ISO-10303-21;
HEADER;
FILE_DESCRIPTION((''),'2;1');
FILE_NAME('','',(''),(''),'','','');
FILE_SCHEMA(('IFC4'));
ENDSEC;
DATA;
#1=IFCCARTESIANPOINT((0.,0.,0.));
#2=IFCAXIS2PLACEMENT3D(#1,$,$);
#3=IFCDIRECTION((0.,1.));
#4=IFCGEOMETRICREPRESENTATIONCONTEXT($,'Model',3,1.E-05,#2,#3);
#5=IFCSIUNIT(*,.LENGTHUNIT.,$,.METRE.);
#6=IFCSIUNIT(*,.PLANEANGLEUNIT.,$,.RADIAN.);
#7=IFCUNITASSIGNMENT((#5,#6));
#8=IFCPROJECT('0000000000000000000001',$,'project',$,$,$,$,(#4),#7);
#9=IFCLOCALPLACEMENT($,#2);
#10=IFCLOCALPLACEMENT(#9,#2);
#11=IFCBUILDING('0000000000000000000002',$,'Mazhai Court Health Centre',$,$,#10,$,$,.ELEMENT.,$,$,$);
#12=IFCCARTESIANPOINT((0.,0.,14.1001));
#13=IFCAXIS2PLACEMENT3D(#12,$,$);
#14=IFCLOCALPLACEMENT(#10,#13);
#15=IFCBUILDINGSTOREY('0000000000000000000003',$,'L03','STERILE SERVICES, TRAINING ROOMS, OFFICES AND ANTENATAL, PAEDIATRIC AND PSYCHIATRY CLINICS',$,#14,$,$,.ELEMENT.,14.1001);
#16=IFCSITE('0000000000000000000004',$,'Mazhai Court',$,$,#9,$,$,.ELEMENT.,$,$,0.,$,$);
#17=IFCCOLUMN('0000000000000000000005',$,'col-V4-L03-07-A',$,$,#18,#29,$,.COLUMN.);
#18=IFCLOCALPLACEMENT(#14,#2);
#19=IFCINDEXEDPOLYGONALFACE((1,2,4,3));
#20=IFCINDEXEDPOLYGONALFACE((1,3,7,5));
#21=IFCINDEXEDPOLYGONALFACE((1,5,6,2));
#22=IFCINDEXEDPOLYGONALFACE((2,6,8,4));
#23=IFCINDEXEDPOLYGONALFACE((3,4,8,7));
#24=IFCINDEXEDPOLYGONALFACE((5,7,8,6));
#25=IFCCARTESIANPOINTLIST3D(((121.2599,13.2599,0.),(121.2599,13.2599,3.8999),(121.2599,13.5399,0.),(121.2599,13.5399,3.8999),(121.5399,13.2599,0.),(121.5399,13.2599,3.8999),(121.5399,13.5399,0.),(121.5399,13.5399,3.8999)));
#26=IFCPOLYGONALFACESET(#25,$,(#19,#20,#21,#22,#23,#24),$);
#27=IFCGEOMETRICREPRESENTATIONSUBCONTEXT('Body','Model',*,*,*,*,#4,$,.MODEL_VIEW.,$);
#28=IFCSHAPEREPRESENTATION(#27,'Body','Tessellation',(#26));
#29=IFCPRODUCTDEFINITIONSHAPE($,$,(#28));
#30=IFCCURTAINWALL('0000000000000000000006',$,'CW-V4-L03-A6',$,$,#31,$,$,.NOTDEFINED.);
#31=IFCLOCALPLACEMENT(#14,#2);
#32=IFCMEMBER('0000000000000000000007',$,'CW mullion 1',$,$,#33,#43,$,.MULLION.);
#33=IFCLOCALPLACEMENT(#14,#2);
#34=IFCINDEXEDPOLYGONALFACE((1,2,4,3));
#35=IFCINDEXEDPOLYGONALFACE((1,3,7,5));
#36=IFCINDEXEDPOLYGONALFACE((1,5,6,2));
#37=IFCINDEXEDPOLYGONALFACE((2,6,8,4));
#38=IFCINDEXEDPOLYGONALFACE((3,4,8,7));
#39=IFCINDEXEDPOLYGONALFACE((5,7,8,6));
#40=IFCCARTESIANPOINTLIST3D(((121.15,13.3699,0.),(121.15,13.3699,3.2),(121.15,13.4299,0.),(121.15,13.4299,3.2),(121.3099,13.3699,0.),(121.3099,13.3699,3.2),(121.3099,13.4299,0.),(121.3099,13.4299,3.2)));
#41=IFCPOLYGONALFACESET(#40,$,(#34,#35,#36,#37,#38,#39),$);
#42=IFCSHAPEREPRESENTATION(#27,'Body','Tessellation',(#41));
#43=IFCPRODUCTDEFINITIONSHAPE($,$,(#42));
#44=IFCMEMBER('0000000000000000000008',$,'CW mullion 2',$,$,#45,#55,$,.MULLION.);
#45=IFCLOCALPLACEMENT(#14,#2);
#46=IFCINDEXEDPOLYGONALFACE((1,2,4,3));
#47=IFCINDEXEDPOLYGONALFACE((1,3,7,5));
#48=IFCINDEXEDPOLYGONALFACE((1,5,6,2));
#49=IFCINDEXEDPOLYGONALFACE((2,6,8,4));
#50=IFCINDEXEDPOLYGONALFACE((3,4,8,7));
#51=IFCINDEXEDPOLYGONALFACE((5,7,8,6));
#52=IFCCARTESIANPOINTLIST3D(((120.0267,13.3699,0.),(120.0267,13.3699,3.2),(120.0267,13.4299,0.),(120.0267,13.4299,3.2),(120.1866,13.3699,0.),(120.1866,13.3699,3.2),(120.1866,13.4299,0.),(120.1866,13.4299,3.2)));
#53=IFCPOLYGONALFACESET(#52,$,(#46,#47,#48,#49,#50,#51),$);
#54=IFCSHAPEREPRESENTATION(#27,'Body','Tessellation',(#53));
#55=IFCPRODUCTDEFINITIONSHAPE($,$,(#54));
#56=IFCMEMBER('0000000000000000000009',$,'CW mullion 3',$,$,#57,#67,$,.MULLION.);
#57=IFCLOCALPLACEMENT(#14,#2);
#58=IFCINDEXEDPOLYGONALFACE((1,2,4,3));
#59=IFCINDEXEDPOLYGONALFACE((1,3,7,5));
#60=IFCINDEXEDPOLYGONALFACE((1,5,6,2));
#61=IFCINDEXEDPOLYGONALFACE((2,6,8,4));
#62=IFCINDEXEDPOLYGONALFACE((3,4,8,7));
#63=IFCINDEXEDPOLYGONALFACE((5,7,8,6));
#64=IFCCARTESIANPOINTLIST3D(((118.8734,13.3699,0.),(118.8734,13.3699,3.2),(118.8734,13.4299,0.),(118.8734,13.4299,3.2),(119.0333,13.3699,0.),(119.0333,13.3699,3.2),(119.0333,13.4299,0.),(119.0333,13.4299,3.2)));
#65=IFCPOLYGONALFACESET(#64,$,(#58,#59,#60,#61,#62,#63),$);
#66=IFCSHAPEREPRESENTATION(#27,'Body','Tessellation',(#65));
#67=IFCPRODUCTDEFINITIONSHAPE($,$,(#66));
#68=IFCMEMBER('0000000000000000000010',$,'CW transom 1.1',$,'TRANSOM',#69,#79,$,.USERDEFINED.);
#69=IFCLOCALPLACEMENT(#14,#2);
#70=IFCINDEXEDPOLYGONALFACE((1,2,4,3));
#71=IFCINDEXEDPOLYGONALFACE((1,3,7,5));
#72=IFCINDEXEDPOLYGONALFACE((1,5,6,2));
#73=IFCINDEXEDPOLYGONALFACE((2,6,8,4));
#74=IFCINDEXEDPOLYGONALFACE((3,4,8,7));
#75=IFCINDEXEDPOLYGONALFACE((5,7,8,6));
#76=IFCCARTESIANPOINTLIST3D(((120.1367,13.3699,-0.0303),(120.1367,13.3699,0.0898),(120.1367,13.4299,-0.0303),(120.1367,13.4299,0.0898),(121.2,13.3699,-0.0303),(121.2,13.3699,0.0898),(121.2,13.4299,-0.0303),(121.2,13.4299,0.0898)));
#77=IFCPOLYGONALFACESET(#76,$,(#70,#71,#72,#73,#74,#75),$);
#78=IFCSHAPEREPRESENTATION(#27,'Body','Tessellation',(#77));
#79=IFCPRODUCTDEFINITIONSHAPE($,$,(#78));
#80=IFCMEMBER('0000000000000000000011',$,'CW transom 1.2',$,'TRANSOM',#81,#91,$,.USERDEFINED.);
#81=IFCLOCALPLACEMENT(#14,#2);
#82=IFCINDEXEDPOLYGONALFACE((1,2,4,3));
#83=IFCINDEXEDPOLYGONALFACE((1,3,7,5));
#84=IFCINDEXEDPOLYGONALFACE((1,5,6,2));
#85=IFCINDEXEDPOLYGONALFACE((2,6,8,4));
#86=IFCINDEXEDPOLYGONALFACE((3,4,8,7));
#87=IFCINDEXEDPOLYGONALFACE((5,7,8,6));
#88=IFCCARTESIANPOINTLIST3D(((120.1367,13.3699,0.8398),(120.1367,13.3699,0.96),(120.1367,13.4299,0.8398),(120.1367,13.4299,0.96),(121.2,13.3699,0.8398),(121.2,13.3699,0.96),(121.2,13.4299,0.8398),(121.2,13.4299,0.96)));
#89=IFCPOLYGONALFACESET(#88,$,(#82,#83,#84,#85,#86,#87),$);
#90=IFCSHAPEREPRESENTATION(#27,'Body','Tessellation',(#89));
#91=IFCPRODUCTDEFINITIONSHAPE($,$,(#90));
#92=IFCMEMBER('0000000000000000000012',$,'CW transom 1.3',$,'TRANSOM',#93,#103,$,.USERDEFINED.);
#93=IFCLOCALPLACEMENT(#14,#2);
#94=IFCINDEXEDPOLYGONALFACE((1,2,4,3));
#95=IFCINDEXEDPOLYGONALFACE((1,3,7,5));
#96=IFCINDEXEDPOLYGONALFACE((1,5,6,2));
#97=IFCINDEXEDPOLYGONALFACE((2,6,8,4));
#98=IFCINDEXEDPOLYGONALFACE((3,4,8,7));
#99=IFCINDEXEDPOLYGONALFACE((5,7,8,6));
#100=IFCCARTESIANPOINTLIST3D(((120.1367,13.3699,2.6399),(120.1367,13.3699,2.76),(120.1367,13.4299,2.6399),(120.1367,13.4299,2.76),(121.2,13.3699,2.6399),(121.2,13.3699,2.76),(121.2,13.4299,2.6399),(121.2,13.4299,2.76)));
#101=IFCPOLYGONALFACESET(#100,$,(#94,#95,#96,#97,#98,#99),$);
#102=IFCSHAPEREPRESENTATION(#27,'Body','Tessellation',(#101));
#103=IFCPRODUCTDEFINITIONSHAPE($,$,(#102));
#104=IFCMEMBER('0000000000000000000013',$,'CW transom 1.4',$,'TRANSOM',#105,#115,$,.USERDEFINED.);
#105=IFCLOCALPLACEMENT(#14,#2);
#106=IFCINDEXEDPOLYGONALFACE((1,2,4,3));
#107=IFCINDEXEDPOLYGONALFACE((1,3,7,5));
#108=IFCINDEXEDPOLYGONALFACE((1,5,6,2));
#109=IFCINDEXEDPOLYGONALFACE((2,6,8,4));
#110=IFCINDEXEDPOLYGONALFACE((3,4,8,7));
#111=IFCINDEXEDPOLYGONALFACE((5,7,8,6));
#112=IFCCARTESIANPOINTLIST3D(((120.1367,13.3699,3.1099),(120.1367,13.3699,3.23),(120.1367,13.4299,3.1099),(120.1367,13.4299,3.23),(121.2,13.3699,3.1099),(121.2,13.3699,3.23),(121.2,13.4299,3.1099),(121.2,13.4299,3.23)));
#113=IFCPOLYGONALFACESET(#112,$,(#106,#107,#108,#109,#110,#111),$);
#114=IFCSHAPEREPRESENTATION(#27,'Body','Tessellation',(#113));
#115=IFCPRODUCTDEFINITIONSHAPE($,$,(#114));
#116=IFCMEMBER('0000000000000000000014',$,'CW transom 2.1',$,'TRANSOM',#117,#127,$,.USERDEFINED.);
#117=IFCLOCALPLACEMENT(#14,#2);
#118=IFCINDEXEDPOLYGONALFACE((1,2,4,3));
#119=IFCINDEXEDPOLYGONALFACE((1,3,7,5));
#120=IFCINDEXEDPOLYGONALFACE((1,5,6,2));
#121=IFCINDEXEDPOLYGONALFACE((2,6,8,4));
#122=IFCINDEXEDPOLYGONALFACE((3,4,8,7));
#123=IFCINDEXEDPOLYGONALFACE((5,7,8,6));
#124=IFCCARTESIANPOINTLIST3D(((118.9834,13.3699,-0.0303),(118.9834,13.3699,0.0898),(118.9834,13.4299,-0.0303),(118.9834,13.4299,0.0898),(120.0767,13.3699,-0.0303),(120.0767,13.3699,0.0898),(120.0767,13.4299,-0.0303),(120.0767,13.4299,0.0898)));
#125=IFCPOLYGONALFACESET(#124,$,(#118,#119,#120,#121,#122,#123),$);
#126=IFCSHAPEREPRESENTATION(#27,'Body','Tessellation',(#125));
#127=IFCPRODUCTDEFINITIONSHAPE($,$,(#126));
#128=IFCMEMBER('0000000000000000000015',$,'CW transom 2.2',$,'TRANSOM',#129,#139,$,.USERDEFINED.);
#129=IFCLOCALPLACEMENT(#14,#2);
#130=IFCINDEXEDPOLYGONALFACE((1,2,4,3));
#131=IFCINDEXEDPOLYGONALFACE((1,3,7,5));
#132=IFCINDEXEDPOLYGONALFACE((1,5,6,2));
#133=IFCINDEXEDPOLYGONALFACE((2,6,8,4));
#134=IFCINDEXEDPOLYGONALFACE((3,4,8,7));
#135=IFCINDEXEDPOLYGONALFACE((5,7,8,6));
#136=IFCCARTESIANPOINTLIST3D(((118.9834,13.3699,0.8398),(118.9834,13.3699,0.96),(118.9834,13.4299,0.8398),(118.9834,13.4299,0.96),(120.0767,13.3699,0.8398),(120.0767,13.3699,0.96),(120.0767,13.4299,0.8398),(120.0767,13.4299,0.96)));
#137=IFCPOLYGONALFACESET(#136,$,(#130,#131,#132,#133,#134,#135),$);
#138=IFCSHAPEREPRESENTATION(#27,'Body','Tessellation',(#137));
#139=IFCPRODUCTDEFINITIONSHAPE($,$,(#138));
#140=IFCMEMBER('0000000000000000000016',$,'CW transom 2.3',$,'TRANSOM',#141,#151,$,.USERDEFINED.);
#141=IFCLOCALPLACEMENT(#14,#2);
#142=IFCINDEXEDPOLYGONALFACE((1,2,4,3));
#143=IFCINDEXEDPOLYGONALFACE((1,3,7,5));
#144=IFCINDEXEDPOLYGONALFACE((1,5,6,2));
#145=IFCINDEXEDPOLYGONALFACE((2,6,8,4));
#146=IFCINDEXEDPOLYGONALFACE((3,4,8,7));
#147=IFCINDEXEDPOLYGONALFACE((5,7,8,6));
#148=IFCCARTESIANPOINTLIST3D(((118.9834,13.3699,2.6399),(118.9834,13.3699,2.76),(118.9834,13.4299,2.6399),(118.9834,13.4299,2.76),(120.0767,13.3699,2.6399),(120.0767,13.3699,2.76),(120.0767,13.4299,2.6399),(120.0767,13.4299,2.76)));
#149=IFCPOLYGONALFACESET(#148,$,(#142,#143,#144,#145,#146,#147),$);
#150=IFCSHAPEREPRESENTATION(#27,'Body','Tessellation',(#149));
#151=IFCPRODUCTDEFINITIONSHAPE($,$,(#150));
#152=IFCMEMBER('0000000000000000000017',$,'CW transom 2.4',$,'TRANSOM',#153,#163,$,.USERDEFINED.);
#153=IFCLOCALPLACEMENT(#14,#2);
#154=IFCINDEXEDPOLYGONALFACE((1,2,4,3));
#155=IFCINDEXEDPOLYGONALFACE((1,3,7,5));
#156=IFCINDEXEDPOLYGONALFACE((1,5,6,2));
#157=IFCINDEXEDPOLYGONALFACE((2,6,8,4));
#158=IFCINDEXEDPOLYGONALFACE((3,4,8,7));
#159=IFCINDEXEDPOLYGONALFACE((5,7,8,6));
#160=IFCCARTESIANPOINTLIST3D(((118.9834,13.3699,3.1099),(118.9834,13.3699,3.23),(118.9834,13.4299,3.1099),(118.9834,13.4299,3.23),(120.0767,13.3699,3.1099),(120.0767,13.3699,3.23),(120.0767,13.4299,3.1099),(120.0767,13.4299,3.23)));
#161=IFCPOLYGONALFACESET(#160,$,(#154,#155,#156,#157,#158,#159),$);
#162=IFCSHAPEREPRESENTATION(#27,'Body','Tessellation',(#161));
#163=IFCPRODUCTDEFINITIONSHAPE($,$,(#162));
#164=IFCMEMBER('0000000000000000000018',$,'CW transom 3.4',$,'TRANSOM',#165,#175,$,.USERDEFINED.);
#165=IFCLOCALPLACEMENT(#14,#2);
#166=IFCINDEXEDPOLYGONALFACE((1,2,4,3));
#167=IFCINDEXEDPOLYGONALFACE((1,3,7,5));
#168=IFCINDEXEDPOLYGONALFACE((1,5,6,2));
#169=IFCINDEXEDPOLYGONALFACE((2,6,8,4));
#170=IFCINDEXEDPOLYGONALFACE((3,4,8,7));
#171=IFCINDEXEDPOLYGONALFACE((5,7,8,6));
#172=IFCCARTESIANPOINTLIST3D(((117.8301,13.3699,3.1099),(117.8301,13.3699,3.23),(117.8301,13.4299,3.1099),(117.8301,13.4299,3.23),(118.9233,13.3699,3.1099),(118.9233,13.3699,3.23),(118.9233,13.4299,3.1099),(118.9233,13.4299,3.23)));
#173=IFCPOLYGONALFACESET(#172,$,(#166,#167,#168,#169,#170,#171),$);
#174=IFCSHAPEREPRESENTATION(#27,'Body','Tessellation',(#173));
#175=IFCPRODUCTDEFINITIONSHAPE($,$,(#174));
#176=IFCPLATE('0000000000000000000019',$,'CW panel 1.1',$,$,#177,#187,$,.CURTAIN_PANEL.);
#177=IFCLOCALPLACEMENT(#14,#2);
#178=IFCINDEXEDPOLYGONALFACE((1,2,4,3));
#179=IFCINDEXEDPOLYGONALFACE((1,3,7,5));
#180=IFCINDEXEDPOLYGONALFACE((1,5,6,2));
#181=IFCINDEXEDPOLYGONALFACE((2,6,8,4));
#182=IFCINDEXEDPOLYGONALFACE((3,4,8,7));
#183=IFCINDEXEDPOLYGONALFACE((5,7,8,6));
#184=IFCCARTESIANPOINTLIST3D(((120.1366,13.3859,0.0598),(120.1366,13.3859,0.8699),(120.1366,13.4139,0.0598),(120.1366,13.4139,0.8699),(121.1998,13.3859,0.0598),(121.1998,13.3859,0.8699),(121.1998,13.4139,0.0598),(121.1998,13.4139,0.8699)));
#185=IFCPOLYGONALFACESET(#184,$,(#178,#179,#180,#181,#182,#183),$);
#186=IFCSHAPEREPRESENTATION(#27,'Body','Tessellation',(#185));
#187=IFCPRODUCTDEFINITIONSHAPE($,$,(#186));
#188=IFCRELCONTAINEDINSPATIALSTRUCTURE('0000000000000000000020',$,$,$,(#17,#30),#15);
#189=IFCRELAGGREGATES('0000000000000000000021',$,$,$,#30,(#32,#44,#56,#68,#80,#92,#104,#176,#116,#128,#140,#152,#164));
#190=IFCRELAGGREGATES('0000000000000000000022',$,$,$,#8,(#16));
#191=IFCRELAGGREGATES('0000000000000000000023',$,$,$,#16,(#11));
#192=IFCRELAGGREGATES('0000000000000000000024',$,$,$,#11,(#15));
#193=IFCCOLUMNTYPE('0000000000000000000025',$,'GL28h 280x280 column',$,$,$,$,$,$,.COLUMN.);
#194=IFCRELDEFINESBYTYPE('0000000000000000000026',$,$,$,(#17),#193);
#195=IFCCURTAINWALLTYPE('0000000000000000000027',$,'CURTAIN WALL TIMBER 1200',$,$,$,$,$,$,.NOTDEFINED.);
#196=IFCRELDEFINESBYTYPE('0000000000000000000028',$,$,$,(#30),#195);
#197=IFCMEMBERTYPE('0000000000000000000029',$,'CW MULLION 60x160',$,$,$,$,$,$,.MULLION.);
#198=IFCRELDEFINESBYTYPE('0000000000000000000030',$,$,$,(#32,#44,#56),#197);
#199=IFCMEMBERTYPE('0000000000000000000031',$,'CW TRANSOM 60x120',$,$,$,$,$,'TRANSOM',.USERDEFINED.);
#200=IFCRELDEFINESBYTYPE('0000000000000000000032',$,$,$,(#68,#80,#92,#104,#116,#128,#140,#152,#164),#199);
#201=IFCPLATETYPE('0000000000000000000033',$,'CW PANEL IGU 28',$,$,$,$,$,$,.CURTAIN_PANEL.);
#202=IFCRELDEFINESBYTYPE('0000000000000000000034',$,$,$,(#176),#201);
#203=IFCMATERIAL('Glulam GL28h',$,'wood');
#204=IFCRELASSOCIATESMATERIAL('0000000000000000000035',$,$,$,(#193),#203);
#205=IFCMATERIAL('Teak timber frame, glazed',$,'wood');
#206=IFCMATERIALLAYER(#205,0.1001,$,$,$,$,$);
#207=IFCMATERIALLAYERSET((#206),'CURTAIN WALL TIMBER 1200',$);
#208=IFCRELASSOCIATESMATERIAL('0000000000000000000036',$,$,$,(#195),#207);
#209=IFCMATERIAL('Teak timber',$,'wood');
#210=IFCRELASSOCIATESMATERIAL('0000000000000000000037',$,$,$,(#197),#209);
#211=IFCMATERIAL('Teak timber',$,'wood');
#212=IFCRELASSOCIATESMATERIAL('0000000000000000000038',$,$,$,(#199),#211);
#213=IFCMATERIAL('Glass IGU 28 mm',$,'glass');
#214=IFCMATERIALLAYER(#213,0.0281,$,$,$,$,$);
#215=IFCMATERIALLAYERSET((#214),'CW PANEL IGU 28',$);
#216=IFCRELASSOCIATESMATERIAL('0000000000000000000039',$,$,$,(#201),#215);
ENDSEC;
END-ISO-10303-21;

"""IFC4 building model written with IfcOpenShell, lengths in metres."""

from ifc_helpers import new_model, si_unit, direction, frame, origin, origin_2d, place, context, subcontext, project, spatial, rectangle, extrude, material, layer, layer_set, material_profile, profile_set, type_object, element, aggregate, save


model = new_model("IFC4")

# Units and contexts
model_context = context("Model", 3, precision=1e-05, world=origin(), true_north=direction((0.0, 1.0)))
body_context = subcontext(model_context, "Body", "Model", "MODEL_VIEW")
ifc_project = project(units=[si_unit("LENGTHUNIT", "METRE"), si_unit("PLANEANGLEUNIT", "RADIAN")], contexts=[model_context])

# Site, building, storey
site_placement = place(None, origin())
site = spatial("IfcSite", under=ifc_project, at=site_placement, Name="Mazhai Court", CompositionType="ELEMENT", RefElevation=0.0)
building_placement = place(site_placement, origin())
building = spatial("IfcBuilding", under=site, at=building_placement, Name="Mazhai Court Health Centre", CompositionType="ELEMENT")
storey_placement = place(building_placement, frame((0.0, 0.0, 14.1001)))
storey = spatial("IfcBuildingStorey", under=building, at=storey_placement, Name="L03", Description="STERILE SERVICES, TRAINING ROOMS, OFFICES AND ANTENATAL, PAEDIATRIC AND PSYCHIATRY CLINICS", CompositionType="ELEMENT", Elevation=14.1001)

# Column
ifc_material_1 = material(Name="Glulam GL28h", Category="wood")
ifc_material_profile_1 = material_profile(ifc_material_1, rectangle(XDim=0.28, YDim=0.28, at=origin_2d()), Name="GL28h 280x280")
ifc_profile_set_1 = profile_set([ifc_material_profile_1], Name="Glulam GL28h")
column_type = type_object("IfcColumnType", Name="GL28h 280x280 column", PredefinedType="COLUMN", material=ifc_profile_set_1)
column_placement = place(storey_placement, frame((121.3999, 13.3999, 0.0), z_axis=(0.0, 0.0, 1.0), x_axis=(1.0, 0.0, 0.0)))
element("IfcColumn", 1, at=column_placement, inside=storey, type_object=column_type, Name="col-V4-L03-07-A", PredefinedType="COLUMN", context=body_context, shape_type="SweptSolid", body=[
    extrude(rectangle(XDim=0.28, YDim=0.28, at=origin_2d()), origin(), (0.0, 0.0, 1.0), 3.8999),
])

# Curtain wall, members, plate
ifc_material_2 = material(Name="Teak timber frame, glazed", Category="wood")
ifc_layer_1 = layer(ifc_material_2, 0.1001)
ifc_layer_set_1 = layer_set([ifc_layer_1], Name="CURTAIN WALL TIMBER 1200")
curtain_wall_type = type_object("IfcCurtainWallType", Name="CURTAIN WALL TIMBER 1200", PredefinedType="NOTDEFINED", material=ifc_layer_set_1)
curtain_wall_placement = place(storey_placement, origin())
curtain_wall = element("IfcCurtainWall", 2, at=curtain_wall_placement, inside=storey, type_object=curtain_wall_type, Name="CW-V4-L03-A6", PredefinedType="NOTDEFINED")
ifc_material_3 = material(Name="Teak timber", Category="wood")
ifc_material_profile_2 = material_profile(ifc_material_3, rectangle(XDim=0.0601, YDim=0.1599, at=origin_2d()), Name="CW MULLION 60x160")
ifc_profile_set_2 = profile_set([ifc_material_profile_2], Name="Teak timber")
member_type_1 = type_object("IfcMemberType", Name="CW MULLION 60x160", PredefinedType="MULLION", material=ifc_profile_set_2)
member_1_placement = place(storey_placement, frame((121.23, 13.3999, 0.0), z_axis=(0.0, 0.0, 1.0), x_axis=(0.0, -1.0, 0.0)))
member_1 = element("IfcMember", 3, at=member_1_placement, type_object=member_type_1, Name="CW mullion 1", PredefinedType="MULLION", context=body_context, shape_type="SweptSolid", body=[
    extrude(rectangle(XDim=0.0601, YDim=0.1599, at=origin_2d()), origin(), (0.0, 0.0, 1.0), 3.2),
])
member_2_placement = place(storey_placement, frame((120.1067, 13.3999, 0.0), z_axis=(0.0, 0.0, 1.0), x_axis=(0.0, -1.0, 0.0)))
member_2 = element("IfcMember", 4, at=member_2_placement, type_object=member_type_1, Name="CW mullion 2", PredefinedType="MULLION", context=body_context, shape_type="SweptSolid", body=[
    extrude(rectangle(XDim=0.0601, YDim=0.1599, at=origin_2d()), origin(), (0.0, 0.0, 1.0), 3.2),
])
member_3_placement = place(storey_placement, frame((118.9534, 13.3999, 0.0), z_axis=(0.0, 0.0, 1.0), x_axis=(0.0, -1.0, 0.0)))
member_3 = element("IfcMember", 5, at=member_3_placement, type_object=member_type_1, Name="CW mullion 3", PredefinedType="MULLION", context=body_context, shape_type="SweptSolid", body=[
    extrude(rectangle(XDim=0.0601, YDim=0.1599, at=origin_2d()), origin(), (0.0, 0.0, 1.0), 3.2),
])
ifc_material_4 = material(Name="Teak timber", Category="wood")
ifc_material_profile_3 = material_profile(ifc_material_4, rectangle(XDim=0.0601, YDim=0.1201, at=origin_2d()), Name="CW TRANSOM 60x120")
ifc_profile_set_3 = profile_set([ifc_material_profile_3], Name="Teak timber")
member_type_2 = type_object("IfcMemberType", Name="CW TRANSOM 60x120", ElementType="TRANSOM", PredefinedType="USERDEFINED", material=ifc_profile_set_3)
member_4_placement = place(storey_placement, frame((121.2, 13.3999, 0.0298), z_axis=(-1.0, 0.0, 0.0), x_axis=(0.0, -1.0, 0.0)))
member_4 = element("IfcMember", 6, at=member_4_placement, type_object=member_type_2, Name="CW transom 1.1", ObjectType="TRANSOM", PredefinedType="USERDEFINED", context=body_context, shape_type="SweptSolid", body=[
    extrude(rectangle(XDim=0.0601, YDim=0.1201, at=origin_2d()), origin(), (0.0, 0.0, 1.0), 1.0632),
])
member_5_placement = place(storey_placement, frame((121.2, 13.3999, 0.8999), z_axis=(-1.0, 0.0, 0.0), x_axis=(0.0, -1.0, 0.0)))
member_5 = element("IfcMember", 7, at=member_5_placement, type_object=member_type_2, Name="CW transom 1.2", ObjectType="TRANSOM", PredefinedType="USERDEFINED", context=body_context, shape_type="SweptSolid", body=[
    extrude(rectangle(XDim=0.0601, YDim=0.1201, at=origin_2d()), origin(), (0.0, 0.0, 1.0), 1.0632),
])
member_6_placement = place(storey_placement, frame((121.2, 13.3999, 2.7), z_axis=(-1.0, 0.0, 0.0), x_axis=(0.0, -1.0, 0.0)))
member_6 = element("IfcMember", 8, at=member_6_placement, type_object=member_type_2, Name="CW transom 1.3", ObjectType="TRANSOM", PredefinedType="USERDEFINED", context=body_context, shape_type="SweptSolid", body=[
    extrude(rectangle(XDim=0.0601, YDim=0.1201, at=origin_2d()), origin(), (0.0, 0.0, 1.0), 1.0632),
])
member_7_placement = place(storey_placement, frame((121.2, 13.3999, 3.1699), z_axis=(-1.0, 0.0, 0.0), x_axis=(0.0, -1.0, 0.0)))
member_7 = element("IfcMember", 9, at=member_7_placement, type_object=member_type_2, Name="CW transom 1.4", ObjectType="TRANSOM", PredefinedType="USERDEFINED", context=body_context, shape_type="SweptSolid", body=[
    extrude(rectangle(XDim=0.0601, YDim=0.1201, at=origin_2d()), origin(), (0.0, 0.0, 1.0), 1.0632),
])
member_8_placement = place(storey_placement, frame((120.0767, 13.3999, 0.0298), z_axis=(-1.0, 0.0, 0.0), x_axis=(0.0, -1.0, 0.0)))
member_8 = element("IfcMember", 10, at=member_8_placement, type_object=member_type_2, Name="CW transom 2.1", ObjectType="TRANSOM", PredefinedType="USERDEFINED", context=body_context, shape_type="SweptSolid", body=[
    extrude(rectangle(XDim=0.0601, YDim=0.1201, at=origin_2d()), origin(), (0.0, 0.0, 1.0), 1.0933),
])
member_9_placement = place(storey_placement, frame((120.0767, 13.3999, 0.8999), z_axis=(-1.0, 0.0, 0.0), x_axis=(0.0, -1.0, 0.0)))
member_9 = element("IfcMember", 11, at=member_9_placement, type_object=member_type_2, Name="CW transom 2.2", ObjectType="TRANSOM", PredefinedType="USERDEFINED", context=body_context, shape_type="SweptSolid", body=[
    extrude(rectangle(XDim=0.0601, YDim=0.1201, at=origin_2d()), origin(), (0.0, 0.0, 1.0), 1.0933),
])
member_10_placement = place(storey_placement, frame((120.0767, 13.3999, 2.7), z_axis=(-1.0, 0.0, 0.0), x_axis=(0.0, -1.0, 0.0)))
member_10 = element("IfcMember", 12, at=member_10_placement, type_object=member_type_2, Name="CW transom 2.3", ObjectType="TRANSOM", PredefinedType="USERDEFINED", context=body_context, shape_type="SweptSolid", body=[
    extrude(rectangle(XDim=0.0601, YDim=0.1201, at=origin_2d()), origin(), (0.0, 0.0, 1.0), 1.0933),
])
member_11_placement = place(storey_placement, frame((120.0767, 13.3999, 3.1699), z_axis=(-1.0, 0.0, 0.0), x_axis=(0.0, -1.0, 0.0)))
member_11 = element("IfcMember", 13, at=member_11_placement, type_object=member_type_2, Name="CW transom 2.4", ObjectType="TRANSOM", PredefinedType="USERDEFINED", context=body_context, shape_type="SweptSolid", body=[
    extrude(rectangle(XDim=0.0601, YDim=0.1201, at=origin_2d()), origin(), (0.0, 0.0, 1.0), 1.0933),
])
member_12_placement = place(storey_placement, frame((118.9233, 13.3999, 3.1699), z_axis=(-1.0, 0.0, 0.0), x_axis=(0.0, -1.0, 0.0)))
member_12 = element("IfcMember", 14, at=member_12_placement, type_object=member_type_2, Name="CW transom 3.4", ObjectType="TRANSOM", PredefinedType="USERDEFINED", context=body_context, shape_type="SweptSolid", body=[
    extrude(rectangle(XDim=0.0601, YDim=0.1201, at=origin_2d()), origin(), (0.0, 0.0, 1.0), 1.0933),
])
ifc_material_5 = material(Name="Glass IGU 28 mm", Category="glass")
ifc_layer_2 = layer(ifc_material_5, 0.0281)
ifc_layer_set_2 = layer_set([ifc_layer_2], Name="CW PANEL IGU 28")
plate_type = type_object("IfcPlateType", Name="CW PANEL IGU 28", PredefinedType="CURTAIN_PANEL", material=ifc_layer_set_2)
plate_1_placement = place(storey_placement, frame((120.6682, 13.3999, 0.0598), z_axis=(0.0, 0.0, 1.0), x_axis=(-1.0, 0.0, 0.0)))
plate_1 = element("IfcPlate", 15, at=plate_1_placement, type_object=plate_type, Name="CW panel 1.1", PredefinedType="CURTAIN_PANEL", context=body_context, shape_type="SweptSolid", body=[
    extrude(rectangle(XDim=1.0632, YDim=0.0281, at=origin_2d()), origin(), (0.0, 0.0, 1.0), 0.8101),
])
aggregate(curtain_wall, [member_1, member_2, member_3, member_4, member_5, member_6, member_7, plate_1, member_8, member_9, member_10, member_11, member_12])

save(model, "model.ifc")
